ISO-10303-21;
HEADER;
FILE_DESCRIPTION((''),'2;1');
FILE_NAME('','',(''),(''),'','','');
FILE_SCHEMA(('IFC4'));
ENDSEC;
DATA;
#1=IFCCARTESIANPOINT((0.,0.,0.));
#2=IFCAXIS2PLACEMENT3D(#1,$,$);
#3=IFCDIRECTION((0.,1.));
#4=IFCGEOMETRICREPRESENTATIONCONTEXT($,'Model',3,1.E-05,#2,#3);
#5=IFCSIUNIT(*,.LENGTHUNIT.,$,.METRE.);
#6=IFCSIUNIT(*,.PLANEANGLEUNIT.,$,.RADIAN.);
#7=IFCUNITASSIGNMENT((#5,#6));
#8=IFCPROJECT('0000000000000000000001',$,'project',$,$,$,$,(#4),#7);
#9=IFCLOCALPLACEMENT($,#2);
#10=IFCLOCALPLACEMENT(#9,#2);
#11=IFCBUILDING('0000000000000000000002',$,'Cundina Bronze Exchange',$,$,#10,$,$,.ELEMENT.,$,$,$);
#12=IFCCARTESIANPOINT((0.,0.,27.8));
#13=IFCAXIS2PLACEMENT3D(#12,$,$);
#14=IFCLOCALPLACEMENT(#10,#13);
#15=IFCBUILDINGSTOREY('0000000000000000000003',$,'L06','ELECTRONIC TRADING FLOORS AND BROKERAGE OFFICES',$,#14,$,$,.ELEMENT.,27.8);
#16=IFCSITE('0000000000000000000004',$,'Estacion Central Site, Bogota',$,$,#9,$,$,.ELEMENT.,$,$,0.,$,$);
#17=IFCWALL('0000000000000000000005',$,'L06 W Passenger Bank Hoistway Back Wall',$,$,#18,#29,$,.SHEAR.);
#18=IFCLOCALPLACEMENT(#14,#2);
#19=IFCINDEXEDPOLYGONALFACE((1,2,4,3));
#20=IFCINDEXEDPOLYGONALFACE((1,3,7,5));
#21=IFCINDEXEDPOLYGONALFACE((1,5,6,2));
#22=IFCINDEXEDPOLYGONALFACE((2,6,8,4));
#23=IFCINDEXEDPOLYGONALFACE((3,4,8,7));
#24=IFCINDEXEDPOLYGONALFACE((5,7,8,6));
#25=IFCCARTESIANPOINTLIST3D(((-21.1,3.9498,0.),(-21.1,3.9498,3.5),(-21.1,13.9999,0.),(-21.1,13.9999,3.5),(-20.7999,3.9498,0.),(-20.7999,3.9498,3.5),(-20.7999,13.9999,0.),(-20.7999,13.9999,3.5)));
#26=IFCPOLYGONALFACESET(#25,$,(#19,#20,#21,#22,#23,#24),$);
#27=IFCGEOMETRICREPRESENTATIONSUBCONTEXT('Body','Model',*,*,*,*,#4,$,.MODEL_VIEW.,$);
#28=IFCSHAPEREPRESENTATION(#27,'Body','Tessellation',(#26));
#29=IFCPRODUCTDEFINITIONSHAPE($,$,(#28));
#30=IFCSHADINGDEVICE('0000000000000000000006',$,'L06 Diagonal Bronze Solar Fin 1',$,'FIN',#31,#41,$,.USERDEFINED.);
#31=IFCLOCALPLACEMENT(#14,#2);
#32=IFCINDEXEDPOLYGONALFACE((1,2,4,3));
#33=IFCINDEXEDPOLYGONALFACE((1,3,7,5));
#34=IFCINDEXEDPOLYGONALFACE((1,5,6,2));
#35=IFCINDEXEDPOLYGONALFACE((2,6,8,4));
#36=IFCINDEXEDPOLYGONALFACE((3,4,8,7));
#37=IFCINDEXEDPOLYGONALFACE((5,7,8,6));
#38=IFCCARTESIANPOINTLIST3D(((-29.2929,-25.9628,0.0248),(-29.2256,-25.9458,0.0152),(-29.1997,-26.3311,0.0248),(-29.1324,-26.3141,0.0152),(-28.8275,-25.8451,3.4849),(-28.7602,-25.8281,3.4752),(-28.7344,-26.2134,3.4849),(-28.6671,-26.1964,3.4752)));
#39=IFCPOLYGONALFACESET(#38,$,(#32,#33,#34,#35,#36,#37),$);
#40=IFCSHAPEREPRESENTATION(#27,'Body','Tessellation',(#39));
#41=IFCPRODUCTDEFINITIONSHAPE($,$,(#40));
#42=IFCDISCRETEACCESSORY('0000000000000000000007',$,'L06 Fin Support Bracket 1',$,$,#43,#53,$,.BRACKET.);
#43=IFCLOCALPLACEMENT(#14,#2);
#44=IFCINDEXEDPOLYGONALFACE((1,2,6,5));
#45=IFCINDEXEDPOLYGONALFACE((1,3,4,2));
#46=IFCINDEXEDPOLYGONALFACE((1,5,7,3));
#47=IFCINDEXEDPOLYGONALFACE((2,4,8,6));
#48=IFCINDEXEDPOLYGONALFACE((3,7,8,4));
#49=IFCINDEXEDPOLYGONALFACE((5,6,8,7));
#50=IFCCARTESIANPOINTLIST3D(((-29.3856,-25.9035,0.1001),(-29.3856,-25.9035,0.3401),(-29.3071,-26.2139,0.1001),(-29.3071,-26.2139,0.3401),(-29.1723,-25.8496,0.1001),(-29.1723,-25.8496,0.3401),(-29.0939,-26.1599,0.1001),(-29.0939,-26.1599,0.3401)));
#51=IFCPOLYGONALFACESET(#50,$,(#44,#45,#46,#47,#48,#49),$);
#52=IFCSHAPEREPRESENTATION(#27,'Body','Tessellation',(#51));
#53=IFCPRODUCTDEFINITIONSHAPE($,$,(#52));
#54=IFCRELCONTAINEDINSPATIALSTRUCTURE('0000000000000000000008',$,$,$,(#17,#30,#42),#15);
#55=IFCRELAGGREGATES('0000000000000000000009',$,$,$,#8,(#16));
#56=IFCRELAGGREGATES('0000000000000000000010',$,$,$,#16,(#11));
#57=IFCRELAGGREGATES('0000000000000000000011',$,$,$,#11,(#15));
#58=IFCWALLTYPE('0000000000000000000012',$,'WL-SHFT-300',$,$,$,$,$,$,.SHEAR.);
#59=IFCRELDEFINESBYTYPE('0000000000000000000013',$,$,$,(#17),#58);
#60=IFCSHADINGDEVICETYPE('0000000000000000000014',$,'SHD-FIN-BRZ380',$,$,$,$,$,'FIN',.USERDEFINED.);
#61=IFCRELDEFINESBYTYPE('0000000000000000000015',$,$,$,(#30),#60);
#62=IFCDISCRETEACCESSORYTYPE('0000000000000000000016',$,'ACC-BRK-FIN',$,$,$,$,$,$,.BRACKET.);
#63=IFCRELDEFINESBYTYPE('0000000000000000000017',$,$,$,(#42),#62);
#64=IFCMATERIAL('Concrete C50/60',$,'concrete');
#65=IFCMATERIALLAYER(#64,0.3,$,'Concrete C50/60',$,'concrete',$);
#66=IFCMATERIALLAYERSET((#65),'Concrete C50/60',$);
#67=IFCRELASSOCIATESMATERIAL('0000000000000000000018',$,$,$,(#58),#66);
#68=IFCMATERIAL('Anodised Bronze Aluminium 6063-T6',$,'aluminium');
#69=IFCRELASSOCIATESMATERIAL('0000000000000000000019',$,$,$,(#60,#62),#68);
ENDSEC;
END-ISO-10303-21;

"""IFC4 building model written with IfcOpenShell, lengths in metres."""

from ifc_helpers import new_model, si_unit, direction, frame, frame_2d, origin, origin_2d, place, context, subcontext, project, spatial, rectangle, extrude, material, layer, layer_set, material_profile, profile_set, type_object, element, save


model = new_model("IFC4")

# Units and contexts
model_context = context("Model", 3, precision=1e-05, world=origin(), true_north=direction((0.0, 1.0)))
body_context = subcontext(model_context, "Body", "Model", "MODEL_VIEW")
ifc_project = project(units=[si_unit("LENGTHUNIT", "METRE"), si_unit("PLANEANGLEUNIT", "RADIAN")], contexts=[model_context])

# Site, building, storey
site_placement = place(None, origin())
site = spatial("IfcSite", under=ifc_project, at=site_placement, Name="Estacion Central Site, Bogota", CompositionType="ELEMENT", RefElevation=0.0)
building_placement = place(site_placement, origin())
building = spatial("IfcBuilding", under=site, at=building_placement, Name="Cundina Bronze Exchange", CompositionType="ELEMENT")
storey_placement = place(building_placement, frame((0.0, 0.0, 27.8)))
storey = spatial("IfcBuildingStorey", under=building, at=storey_placement, Name="L06", Description="ELECTRONIC TRADING FLOORS AND BROKERAGE OFFICES", CompositionType="ELEMENT", Elevation=27.8)

# Shared definitions
ifc_material_1 = material(Name="Anodised Bronze Aluminium 6063-T6", Category="aluminium")

# Wall
ifc_material_2 = material(Name="Concrete C50/60", Category="concrete")
ifc_layer_1 = layer(ifc_material_2, 0.3, Name="Concrete C50/60", Category="concrete")
ifc_layer_set_1 = layer_set([ifc_layer_1], Name="Concrete C50/60")
wall_type_1 = type_object("IfcWallType", Name="WL-SHFT-300", PredefinedType="SHEAR", material=ifc_layer_set_1)
wall_1_placement = place(storey_placement, frame((-20.95, 3.95, 0.0), z_axis=(0.0, 0.0, 1.0), x_axis=(0.0, 1.0, 0.0)))
element("IfcWall", 1, at=wall_1_placement, inside=storey, type_object=wall_type_1, Name="L06 W Passenger Bank Hoistway Back Wall", PredefinedType="SHEAR", context=body_context, shape_type="SweptSolid", body=[
    extrude(rectangle(XDim=10.05, YDim=0.3, at=frame_2d((5.0249, 0.0))), origin(), (0.0, 0.0, 1.0), 3.5),
])

# Shading device
ifc_material_profile_1 = material_profile(ifc_material_1, rectangle(XDim=0.0701, YDim=0.3799, at=origin_2d()), Name="FIN70X380", Category="aluminium")
ifc_profile_set_1 = profile_set([ifc_material_profile_1], Name="Anodised Bronze Aluminium 6063-T6")
shading_device_type = type_object("IfcShadingDeviceType", Name="SHD-FIN-BRZ380", ElementType="FIN", PredefinedType="USERDEFINED", material=ifc_profile_set_1)
shading_device_placement = place(storey_placement, frame((-29.2126, -26.1384, 0.02), z_axis=(0.133215, 0.033688, 0.990514), x_axis=(-0.960285, -0.242842, 0.137408)))
element("IfcShadingDevice", 2, at=shading_device_placement, inside=storey, type_object=shading_device_type, Name="L06 Diagonal Bronze Solar Fin 1", ObjectType="FIN", PredefinedType="USERDEFINED", context=body_context, shape_type="SweptSolid", body=[
    extrude(rectangle(XDim=0.0701, YDim=0.3799, at=origin_2d()), origin(), (0.0, 0.0, 1.0), 3.4932),
])

# Discrete accessory
discrete_accessory_type = type_object("IfcDiscreteAccessoryType", Name="ACC-BRK-FIN", PredefinedType="BRACKET", material=ifc_material_1)
discrete_accessory_placement = place(storey_placement, frame((-29.2397, -26.0317, 0.1001), z_axis=(0.0, 0.0, 1.0), x_axis=(0.969488, 0.245138, 0.0)))
element("IfcDiscreteAccessory", 3, at=discrete_accessory_placement, inside=storey, type_object=discrete_accessory_type, Name="L06 Fin Support Bracket 1", PredefinedType="BRACKET", context=body_context, shape_type="SweptSolid", body=[
    extrude(rectangle(XDim=0.22, YDim=0.3201, at=origin_2d()), origin(), (0.0, 0.0, 1.0), 0.24),
])

save(model, "model.ifc")
